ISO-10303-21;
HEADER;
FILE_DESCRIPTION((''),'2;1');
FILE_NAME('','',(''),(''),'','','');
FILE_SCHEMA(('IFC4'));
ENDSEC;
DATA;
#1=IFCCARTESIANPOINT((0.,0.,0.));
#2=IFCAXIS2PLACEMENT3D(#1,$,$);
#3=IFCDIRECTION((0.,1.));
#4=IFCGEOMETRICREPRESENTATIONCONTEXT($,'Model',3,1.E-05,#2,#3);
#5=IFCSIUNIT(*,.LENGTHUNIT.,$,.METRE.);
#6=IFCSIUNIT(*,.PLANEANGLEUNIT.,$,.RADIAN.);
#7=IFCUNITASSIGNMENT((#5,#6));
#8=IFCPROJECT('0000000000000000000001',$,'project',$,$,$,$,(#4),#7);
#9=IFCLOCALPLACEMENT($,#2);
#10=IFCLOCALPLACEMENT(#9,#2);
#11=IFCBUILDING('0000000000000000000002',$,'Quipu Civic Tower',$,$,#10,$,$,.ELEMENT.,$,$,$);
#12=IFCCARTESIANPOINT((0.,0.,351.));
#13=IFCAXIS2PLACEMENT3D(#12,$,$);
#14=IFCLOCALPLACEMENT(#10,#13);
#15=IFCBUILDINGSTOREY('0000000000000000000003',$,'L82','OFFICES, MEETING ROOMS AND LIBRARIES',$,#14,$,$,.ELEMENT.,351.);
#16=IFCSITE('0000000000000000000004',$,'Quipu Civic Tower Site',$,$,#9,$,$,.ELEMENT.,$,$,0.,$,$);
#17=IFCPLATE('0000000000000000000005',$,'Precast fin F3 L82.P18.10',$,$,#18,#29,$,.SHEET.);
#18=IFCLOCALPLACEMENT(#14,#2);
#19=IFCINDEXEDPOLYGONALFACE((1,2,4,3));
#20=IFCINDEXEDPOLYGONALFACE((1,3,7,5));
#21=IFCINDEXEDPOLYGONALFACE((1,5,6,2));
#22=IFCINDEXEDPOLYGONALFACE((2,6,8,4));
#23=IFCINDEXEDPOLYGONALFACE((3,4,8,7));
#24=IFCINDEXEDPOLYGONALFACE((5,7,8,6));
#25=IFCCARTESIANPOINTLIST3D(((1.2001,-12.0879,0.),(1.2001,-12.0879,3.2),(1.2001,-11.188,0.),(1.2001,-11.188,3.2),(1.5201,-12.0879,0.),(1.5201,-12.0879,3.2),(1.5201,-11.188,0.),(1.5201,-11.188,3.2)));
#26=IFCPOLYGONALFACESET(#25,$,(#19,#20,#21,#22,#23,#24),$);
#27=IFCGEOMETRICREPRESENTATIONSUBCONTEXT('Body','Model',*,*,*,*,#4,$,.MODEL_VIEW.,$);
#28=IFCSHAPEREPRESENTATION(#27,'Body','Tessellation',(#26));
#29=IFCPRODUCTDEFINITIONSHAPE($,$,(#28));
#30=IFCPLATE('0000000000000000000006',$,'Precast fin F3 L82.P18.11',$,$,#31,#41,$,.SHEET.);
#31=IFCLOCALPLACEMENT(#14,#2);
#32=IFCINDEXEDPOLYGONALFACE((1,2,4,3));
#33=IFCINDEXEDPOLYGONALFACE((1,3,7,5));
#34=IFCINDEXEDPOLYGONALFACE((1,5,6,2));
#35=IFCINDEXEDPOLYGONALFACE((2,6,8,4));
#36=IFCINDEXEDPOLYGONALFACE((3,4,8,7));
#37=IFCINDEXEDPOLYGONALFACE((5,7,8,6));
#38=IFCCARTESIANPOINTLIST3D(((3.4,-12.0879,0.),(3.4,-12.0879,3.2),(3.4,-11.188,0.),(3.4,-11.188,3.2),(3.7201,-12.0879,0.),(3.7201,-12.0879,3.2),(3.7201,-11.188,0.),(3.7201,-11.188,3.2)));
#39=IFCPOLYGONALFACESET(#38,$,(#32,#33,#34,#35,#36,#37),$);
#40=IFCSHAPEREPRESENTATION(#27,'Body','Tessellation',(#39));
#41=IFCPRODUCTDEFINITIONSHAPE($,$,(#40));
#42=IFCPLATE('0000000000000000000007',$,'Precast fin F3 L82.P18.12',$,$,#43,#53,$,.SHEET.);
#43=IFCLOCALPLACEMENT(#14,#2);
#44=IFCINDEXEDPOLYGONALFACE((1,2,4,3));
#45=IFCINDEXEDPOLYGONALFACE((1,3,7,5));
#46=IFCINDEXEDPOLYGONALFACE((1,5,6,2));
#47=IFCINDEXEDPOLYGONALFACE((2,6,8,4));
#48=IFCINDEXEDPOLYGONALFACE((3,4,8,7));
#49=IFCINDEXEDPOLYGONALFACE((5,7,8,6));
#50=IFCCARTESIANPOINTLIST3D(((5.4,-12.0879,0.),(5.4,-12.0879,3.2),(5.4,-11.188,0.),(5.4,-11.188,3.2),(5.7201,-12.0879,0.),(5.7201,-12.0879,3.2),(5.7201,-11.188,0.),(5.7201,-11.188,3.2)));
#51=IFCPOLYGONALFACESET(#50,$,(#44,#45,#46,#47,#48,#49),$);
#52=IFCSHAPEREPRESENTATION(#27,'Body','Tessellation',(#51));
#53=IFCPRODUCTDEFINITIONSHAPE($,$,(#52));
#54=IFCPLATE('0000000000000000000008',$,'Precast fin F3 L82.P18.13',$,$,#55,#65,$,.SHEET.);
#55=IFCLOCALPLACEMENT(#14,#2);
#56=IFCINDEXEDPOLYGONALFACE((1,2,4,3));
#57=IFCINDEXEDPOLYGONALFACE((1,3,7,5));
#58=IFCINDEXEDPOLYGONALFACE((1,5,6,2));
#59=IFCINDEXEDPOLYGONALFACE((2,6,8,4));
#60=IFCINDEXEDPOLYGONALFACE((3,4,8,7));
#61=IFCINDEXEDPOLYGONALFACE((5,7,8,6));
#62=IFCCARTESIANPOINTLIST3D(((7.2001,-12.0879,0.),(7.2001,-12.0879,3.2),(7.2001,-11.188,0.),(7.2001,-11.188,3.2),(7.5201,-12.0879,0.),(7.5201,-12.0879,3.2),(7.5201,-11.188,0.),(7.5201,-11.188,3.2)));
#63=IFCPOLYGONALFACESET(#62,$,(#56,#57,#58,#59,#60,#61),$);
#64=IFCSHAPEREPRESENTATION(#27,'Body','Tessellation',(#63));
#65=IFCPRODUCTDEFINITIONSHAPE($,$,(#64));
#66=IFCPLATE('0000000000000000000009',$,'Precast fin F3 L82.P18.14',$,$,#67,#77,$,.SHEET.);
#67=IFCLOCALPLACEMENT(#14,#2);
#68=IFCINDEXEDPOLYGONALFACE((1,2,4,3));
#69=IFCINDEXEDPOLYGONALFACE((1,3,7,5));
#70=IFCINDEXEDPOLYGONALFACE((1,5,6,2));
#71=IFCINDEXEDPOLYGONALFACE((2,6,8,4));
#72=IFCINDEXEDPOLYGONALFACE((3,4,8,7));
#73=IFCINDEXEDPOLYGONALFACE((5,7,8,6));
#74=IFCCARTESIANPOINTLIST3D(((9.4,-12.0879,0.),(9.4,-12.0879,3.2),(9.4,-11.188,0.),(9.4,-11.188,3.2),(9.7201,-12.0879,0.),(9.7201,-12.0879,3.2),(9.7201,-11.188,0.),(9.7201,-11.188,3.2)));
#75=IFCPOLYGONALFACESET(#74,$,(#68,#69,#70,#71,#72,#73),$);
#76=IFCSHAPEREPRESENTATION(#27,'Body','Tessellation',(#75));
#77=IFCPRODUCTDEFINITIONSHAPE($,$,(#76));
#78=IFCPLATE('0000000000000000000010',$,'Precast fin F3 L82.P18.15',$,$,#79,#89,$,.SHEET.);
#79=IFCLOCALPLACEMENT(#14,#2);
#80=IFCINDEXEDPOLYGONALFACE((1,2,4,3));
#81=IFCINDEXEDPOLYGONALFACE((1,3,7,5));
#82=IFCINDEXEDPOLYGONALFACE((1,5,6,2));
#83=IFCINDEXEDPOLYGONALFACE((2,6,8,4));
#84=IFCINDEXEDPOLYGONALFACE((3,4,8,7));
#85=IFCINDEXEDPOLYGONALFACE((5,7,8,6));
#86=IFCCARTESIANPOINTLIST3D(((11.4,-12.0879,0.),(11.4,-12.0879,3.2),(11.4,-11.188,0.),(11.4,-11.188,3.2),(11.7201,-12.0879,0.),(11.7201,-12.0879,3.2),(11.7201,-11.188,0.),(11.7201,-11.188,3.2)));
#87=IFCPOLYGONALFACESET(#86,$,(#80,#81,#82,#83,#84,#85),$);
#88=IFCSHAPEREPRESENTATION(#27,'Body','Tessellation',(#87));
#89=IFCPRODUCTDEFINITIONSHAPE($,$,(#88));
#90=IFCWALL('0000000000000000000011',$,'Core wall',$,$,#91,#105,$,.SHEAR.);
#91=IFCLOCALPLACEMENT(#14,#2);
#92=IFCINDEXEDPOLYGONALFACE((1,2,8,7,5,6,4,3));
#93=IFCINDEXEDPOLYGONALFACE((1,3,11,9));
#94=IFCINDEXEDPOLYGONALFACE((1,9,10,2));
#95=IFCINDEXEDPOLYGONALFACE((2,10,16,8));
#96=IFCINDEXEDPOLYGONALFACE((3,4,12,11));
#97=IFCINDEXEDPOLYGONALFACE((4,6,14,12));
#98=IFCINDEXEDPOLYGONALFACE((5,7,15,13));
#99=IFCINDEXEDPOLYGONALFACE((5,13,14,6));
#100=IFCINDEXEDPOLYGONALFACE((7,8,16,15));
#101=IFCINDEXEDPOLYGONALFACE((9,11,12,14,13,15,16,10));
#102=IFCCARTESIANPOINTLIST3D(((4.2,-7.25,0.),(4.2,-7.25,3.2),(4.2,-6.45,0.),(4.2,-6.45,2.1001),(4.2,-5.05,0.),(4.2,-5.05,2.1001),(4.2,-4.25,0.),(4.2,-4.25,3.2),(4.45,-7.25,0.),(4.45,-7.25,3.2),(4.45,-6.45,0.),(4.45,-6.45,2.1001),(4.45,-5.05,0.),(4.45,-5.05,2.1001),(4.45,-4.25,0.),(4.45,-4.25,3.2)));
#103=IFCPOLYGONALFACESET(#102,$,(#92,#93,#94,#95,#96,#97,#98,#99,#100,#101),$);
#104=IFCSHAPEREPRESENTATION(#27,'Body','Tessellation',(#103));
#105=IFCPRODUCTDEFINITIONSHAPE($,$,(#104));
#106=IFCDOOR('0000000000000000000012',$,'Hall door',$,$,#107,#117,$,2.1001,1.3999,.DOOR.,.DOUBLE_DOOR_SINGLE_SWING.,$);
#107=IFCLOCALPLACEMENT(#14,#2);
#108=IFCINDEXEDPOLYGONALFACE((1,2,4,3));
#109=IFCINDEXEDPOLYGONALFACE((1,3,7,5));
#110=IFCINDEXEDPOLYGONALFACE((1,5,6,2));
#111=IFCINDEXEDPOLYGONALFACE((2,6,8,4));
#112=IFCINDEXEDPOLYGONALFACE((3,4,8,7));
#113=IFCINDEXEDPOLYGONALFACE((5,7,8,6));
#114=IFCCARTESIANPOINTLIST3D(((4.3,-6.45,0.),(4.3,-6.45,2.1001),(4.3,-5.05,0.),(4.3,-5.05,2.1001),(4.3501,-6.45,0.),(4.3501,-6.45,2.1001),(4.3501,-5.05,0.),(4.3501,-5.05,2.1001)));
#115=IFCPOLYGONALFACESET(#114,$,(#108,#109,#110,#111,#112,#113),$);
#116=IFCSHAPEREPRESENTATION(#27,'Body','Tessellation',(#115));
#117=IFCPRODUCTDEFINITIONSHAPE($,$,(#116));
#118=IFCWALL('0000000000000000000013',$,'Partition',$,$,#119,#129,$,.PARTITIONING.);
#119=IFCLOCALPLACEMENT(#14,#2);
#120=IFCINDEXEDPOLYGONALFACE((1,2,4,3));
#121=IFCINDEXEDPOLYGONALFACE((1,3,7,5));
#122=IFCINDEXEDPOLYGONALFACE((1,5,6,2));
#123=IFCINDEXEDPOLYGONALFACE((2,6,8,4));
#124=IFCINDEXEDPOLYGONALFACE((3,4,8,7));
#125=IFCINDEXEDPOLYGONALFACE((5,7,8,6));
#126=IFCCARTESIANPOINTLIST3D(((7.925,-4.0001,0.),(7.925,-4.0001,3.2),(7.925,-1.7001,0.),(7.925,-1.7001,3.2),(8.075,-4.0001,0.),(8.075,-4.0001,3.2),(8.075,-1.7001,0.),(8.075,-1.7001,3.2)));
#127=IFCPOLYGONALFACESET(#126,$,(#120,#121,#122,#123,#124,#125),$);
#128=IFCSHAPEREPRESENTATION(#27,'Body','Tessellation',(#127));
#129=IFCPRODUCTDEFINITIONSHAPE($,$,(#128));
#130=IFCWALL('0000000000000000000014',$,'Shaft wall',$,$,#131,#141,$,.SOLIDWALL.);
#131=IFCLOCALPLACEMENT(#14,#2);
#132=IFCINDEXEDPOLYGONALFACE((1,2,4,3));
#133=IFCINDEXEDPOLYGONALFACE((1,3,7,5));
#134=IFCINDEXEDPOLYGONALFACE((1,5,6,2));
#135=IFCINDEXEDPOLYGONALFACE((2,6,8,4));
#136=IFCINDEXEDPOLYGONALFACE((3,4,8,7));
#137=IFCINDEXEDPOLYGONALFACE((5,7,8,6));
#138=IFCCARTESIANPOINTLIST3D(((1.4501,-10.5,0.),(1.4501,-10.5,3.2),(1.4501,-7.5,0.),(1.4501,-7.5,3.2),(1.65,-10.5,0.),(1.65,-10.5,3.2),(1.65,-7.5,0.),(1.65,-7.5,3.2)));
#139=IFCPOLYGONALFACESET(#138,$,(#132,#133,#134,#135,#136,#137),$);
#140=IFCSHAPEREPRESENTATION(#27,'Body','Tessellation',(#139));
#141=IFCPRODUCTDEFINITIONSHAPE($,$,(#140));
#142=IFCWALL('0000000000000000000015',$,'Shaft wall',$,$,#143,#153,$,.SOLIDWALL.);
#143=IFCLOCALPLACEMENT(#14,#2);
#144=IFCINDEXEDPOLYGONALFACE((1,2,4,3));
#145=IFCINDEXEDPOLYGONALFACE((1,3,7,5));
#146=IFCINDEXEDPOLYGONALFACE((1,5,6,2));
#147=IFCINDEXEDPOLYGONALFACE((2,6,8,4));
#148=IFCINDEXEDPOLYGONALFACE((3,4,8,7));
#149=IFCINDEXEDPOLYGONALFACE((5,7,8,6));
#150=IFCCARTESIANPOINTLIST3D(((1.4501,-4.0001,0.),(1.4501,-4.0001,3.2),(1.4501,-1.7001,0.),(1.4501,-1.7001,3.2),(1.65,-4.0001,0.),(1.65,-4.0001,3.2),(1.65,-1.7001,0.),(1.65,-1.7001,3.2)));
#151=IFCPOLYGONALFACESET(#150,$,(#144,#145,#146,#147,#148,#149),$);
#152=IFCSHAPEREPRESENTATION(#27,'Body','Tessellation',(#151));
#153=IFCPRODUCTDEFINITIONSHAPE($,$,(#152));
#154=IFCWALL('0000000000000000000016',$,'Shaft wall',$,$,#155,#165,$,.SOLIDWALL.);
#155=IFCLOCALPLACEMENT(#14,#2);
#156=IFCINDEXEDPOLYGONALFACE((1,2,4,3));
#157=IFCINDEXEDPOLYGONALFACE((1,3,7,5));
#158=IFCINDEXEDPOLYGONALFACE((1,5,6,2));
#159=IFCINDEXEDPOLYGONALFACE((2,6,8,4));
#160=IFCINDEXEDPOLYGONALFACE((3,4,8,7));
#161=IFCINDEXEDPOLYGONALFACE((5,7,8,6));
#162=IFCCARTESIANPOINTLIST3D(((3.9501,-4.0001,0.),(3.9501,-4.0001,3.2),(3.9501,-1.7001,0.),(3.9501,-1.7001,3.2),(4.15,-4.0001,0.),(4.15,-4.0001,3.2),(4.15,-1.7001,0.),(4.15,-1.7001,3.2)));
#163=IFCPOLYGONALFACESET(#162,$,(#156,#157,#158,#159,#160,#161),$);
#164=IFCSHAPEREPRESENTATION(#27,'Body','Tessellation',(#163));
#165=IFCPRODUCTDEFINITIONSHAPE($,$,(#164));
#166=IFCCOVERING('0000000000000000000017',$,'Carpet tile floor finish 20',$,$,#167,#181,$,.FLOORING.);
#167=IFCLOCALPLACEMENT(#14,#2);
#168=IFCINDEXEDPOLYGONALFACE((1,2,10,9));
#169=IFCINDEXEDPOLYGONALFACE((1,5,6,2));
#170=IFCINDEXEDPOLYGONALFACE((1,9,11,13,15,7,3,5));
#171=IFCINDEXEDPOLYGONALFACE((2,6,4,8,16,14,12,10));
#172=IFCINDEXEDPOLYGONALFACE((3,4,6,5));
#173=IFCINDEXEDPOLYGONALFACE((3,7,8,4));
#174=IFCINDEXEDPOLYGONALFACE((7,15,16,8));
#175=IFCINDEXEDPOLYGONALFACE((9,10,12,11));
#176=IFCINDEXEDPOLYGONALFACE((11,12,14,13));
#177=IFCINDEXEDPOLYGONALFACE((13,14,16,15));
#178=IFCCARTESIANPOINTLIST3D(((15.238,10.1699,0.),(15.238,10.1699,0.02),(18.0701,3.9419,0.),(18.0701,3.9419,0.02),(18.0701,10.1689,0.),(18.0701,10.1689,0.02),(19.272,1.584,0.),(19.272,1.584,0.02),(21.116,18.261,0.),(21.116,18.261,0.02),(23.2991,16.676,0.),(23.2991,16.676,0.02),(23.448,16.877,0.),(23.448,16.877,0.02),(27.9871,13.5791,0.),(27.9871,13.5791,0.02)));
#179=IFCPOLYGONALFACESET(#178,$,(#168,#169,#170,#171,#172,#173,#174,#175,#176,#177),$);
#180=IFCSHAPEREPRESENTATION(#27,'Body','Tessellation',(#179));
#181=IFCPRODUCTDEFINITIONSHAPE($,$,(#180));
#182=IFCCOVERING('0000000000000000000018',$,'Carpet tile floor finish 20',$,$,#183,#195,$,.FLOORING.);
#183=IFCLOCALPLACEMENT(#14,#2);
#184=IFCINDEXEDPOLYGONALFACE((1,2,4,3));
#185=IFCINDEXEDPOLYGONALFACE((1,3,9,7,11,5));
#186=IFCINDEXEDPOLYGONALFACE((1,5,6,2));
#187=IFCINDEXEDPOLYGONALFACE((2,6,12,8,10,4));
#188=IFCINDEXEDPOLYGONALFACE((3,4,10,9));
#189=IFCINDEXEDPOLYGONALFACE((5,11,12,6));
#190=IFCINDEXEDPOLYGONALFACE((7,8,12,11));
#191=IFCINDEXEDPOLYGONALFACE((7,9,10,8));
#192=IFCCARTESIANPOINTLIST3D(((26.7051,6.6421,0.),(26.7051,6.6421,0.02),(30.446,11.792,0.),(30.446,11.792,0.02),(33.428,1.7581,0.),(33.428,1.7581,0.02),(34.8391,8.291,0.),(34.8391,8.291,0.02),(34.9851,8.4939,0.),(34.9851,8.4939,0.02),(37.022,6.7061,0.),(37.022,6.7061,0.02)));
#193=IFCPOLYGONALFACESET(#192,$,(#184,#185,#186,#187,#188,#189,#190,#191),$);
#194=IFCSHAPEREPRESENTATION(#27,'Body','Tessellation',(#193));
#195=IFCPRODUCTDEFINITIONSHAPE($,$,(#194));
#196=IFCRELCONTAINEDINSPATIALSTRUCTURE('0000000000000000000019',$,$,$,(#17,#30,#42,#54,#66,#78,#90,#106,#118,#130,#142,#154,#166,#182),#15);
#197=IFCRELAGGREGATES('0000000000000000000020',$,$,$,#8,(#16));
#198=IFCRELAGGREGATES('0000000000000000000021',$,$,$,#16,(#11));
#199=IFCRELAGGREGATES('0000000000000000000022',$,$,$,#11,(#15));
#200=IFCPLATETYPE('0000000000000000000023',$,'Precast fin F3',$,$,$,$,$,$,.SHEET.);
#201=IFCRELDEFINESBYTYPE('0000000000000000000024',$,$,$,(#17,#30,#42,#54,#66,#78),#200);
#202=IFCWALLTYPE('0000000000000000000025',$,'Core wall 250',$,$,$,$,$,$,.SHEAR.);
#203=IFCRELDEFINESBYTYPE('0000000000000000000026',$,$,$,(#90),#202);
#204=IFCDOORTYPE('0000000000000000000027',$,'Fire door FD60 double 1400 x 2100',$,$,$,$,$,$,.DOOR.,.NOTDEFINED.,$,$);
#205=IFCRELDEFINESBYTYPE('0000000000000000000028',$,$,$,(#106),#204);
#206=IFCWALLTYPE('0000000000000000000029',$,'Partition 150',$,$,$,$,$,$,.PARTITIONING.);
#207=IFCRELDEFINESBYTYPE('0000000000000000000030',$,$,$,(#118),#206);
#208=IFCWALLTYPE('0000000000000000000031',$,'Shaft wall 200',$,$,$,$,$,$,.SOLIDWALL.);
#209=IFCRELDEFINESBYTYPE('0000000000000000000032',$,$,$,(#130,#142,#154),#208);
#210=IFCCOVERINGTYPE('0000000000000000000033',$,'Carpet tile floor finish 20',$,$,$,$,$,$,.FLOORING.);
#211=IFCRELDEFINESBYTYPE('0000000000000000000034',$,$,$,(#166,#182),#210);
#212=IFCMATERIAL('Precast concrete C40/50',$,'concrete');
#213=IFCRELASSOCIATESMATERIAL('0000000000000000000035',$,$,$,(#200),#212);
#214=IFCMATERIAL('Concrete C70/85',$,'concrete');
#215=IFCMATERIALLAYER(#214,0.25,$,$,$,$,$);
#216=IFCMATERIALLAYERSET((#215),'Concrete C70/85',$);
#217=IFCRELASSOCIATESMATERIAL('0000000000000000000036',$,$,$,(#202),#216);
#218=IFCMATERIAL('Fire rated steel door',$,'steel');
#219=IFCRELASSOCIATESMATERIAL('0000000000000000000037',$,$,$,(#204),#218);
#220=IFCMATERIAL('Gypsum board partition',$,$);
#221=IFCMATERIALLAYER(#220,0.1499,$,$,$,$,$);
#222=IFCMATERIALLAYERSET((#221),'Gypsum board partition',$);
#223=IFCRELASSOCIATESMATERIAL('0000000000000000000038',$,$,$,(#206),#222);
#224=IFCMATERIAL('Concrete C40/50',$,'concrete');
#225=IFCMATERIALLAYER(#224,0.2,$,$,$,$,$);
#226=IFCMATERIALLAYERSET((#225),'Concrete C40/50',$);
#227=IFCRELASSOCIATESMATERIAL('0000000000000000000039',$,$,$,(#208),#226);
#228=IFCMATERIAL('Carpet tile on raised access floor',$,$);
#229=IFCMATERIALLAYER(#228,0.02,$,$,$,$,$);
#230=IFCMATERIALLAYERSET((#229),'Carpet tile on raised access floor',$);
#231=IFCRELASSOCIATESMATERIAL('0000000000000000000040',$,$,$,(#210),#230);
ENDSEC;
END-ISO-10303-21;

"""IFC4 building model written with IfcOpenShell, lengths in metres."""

from ifc_helpers import new_model, si_unit, direction, frame, frame_2d, origin, origin_2d, place, context, subcontext, project, spatial, polyline, rectangle, outline, extrude, material, layer, layer_set, type_object, element, fill, save


model = new_model("IFC4")

# Units and contexts
model_context = context("Model", 3, precision=1e-05, world=origin(), true_north=direction((0.0, 1.0)))
body_context = subcontext(model_context, "Body", "Model", "MODEL_VIEW")
ifc_project = project(units=[si_unit("LENGTHUNIT", "METRE"), si_unit("PLANEANGLEUNIT", "RADIAN")], contexts=[model_context])

# Site, building, storey
site_placement = place(None, origin())
site = spatial("IfcSite", under=ifc_project, at=site_placement, Name="Quipu Civic Tower Site", CompositionType="ELEMENT", RefElevation=0.0)
building_placement = place(site_placement, origin())
building = spatial("IfcBuilding", under=site, at=building_placement, Name="Quipu Civic Tower", CompositionType="ELEMENT")
storey_placement = place(building_placement, frame((0.0, 0.0, 351.0)))
storey = spatial("IfcBuildingStorey", under=building, at=storey_placement, Name="L82", Description="OFFICES, MEETING ROOMS AND LIBRARIES", CompositionType="ELEMENT", Elevation=351.0)

# Plates
ifc_material_1 = material(Name="Precast concrete C40/50", Category="concrete")
plate_type = type_object("IfcPlateType", Name="Precast fin F3", PredefinedType="SHEET", material=ifc_material_1)
for number, where, z_axis, x_axis, name in (
    (1, (1.3601, -11.6379, 0.0), (0.0, 0.0, 1.0), (1.0, 0.0, 0.0), "Precast fin F3 L82.P18.10"),
    (2, (3.5601, -11.6379, 0.0), (0.0, 0.0, 1.0), (1.0, 0.0, 0.0), "Precast fin F3 L82.P18.11"),
    (3, (5.5601, -11.6379, 0.0), (0.0, 0.0, 1.0), (1.0, 0.0, 0.0), "Precast fin F3 L82.P18.12"),
    (4, (7.3601, -11.6379, 0.0), (0.0, 0.0, 1.0), (1.0, 0.0, 0.0), "Precast fin F3 L82.P18.13"),
    (5, (9.5601, -11.6379, 0.0), (0.0, 0.0, 1.0), (1.0, 0.0, 0.0), "Precast fin F3 L82.P18.14"),
    (6, (11.5601, -11.6379, 0.0), (0.0, 0.0, 1.0), (1.0, 0.0, 0.0), "Precast fin F3 L82.P18.15"),
):
    element("IfcPlate", number, at=place(storey_placement, frame(where, z_axis=z_axis, x_axis=x_axis)), inside=storey, type_object=plate_type, Name=name, PredefinedType="SHEET", context=body_context, shape_type="SweptSolid", body=[
        extrude(rectangle(XDim=0.3201, YDim=0.8999, at=origin_2d()), origin(), (0.0, 0.0, 1.0), 3.2),
    ])

# Wall, opening, door
ifc_material_2 = material(Name="Concrete C70/85", Category="concrete")
ifc_layer_1 = layer(ifc_material_2, 0.25)
ifc_layer_set_1 = layer_set([ifc_layer_1], Name="Concrete C70/85")
wall_type_1 = type_object("IfcWallType", Name="Core wall 250", PredefinedType="SHEAR", material=ifc_layer_set_1)
wall_1_placement = place(storey_placement, frame((4.325, -7.25, 0.0), z_axis=(0.0, 0.0, 1.0), x_axis=(0.0, 1.0, 0.0)))
wall_1 = element("IfcWall", 7, at=wall_1_placement, inside=storey, type_object=wall_type_1, Name="Core wall", PredefinedType="SHEAR", context=body_context, shape_type="SweptSolid", body=[
    extrude(rectangle(XDim=3.0, YDim=0.25, at=frame_2d((1.5, 0.0))), origin(), (0.0, 0.0, 1.0), 3.2),
])
opening_placement = place(wall_1_placement, frame((0.8, 0.0, 0.0)))
opening = element("IfcOpeningElement", 8, at=opening_placement, cuts=wall_1, PredefinedType="OPENING", context=body_context, shape_type="SweptSolid", body=[
    extrude(rectangle(XDim=1.3999, YDim=2.1001, at=frame_2d((0.7, 1.05))), frame((0.0, 0.135, 0.0), z_axis=(0.0, -1.0, 0.0), x_axis=(1.0, 0.0, 0.0)), (0.0, 0.0, 1.0), 0.27),
])
ifc_material_3 = material(Name="Fire rated steel door", Category="steel")
door_type = type_object("IfcDoorType", Name="Fire door FD60 double 1400 x 2100", OperationType="NOTDEFINED", PredefinedType="DOOR", material=ifc_material_3)
door_placement = place(opening_placement, origin())
door = element("IfcDoor", 9, at=door_placement, inside=storey, type_object=door_type, Name="Hall door", OperationType="DOUBLE_DOOR_SINGLE_SWING", OverallHeight=2.1001, OverallWidth=1.3999, PredefinedType="DOOR", context=body_context, shape_type="SweptSolid", body=[
    extrude(rectangle(XDim=1.3999, YDim=2.1001, at=frame_2d((0.7, 1.05))), frame((0.0, 0.0249, 0.0), z_axis=(0.0, -1.0, 0.0), x_axis=(1.0, 0.0, 0.0)), (0.0, 0.0, 1.0), 0.05),
])
fill(opening, door)

# Walls
ifc_material_4 = material(Name="Gypsum board partition")
ifc_layer_2 = layer(ifc_material_4, 0.1499)
ifc_layer_set_2 = layer_set([ifc_layer_2], Name="Gypsum board partition")
wall_type_2 = type_object("IfcWallType", Name="Partition 150", PredefinedType="PARTITIONING", material=ifc_layer_set_2)
wall_2_placement = place(storey_placement, frame((8.0, -4.0, 0.0), z_axis=(0.0, 0.0, 1.0), x_axis=(0.0, 1.0, 0.0)))
element("IfcWall", 10, at=wall_2_placement, inside=storey, type_object=wall_type_2, Name="Partition", PredefinedType="PARTITIONING", context=body_context, shape_type="SweptSolid", body=[
    extrude(rectangle(XDim=2.3, YDim=0.1499, at=frame_2d((1.1499, 0.0))), origin(), (0.0, 0.0, 1.0), 3.2),
])
ifc_material_5 = material(Name="Concrete C40/50", Category="concrete")
ifc_layer_3 = layer(ifc_material_5, 0.2)
ifc_layer_set_3 = layer_set([ifc_layer_3], Name="Concrete C40/50")
wall_type_3 = type_object("IfcWallType", Name="Shaft wall 200", PredefinedType="SOLIDWALL", material=ifc_layer_set_3)
wall_3_placement = place(storey_placement, frame((1.55, -10.5, 0.0), z_axis=(0.0, 0.0, 1.0), x_axis=(0.0, 1.0, 0.0)))
element("IfcWall", 11, at=wall_3_placement, inside=storey, type_object=wall_type_3, Name="Shaft wall", PredefinedType="SOLIDWALL", context=body_context, shape_type="SweptSolid", body=[
    extrude(rectangle(XDim=3.0, YDim=0.2, at=frame_2d((1.5, 0.0))), origin(), (0.0, 0.0, 1.0), 3.2),
])
for number, where, z_axis, x_axis, name in (
    (12, (1.55, -4.0, 0.0), (0.0, 0.0, 1.0), (0.0, 1.0, 0.0), "Shaft wall"),
    (13, (4.05, -4.0, 0.0), (0.0, 0.0, 1.0), (0.0, 1.0, 0.0), "Shaft wall"),
):
    element("IfcWall", number, at=place(storey_placement, frame(where, z_axis=z_axis, x_axis=x_axis)), inside=storey, type_object=wall_type_3, Name=name, PredefinedType="SOLIDWALL", context=body_context, shape_type="SweptSolid", body=[
        extrude(rectangle(XDim=2.3, YDim=0.2, at=frame_2d((1.1499, 0.0))), origin(), (0.0, 0.0, 1.0), 3.2),
    ])

# Coverings
ifc_material_6 = material(Name="Carpet tile on raised access floor")
ifc_layer_4 = layer(ifc_material_6, 0.02)
ifc_layer_set_4 = layer_set([ifc_layer_4], Name="Carpet tile on raised access floor")
covering_type = type_object("IfcCoveringType", Name="Carpet tile floor finish 20", PredefinedType="FLOORING", material=ifc_layer_set_4)
covering_1_placement = place(storey_placement, origin())
element("IfcCovering", 14, at=covering_1_placement, inside=storey, type_object=covering_type, Name="Carpet tile floor finish 20", PredefinedType="FLOORING", context=body_context, shape_type="SweptSolid", body=[
    extrude(outline(polyline([(15.238, 10.1699), (21.116, 18.261), (23.2991, 16.676), (23.448, 16.877), (27.9871, 13.5791), (19.272, 1.584), (18.0701, 3.9419), (18.0701, 10.1689), (15.238, 10.1699)])), origin(), (0.0, 0.0, 1.0), 0.02),
])
covering_2_placement = place(storey_placement, origin())
element("IfcCovering", 15, at=covering_2_placement, inside=storey, type_object=covering_type, Name="Carpet tile floor finish 20", PredefinedType="FLOORING", context=body_context, shape_type="SweptSolid", body=[
    extrude(outline(polyline([(26.7051, 6.6421), (30.446, 11.792), (34.9851, 8.4939), (34.8391, 8.291), (37.022, 6.7061), (33.428, 1.7581), (26.7051, 6.6421)])), origin(), (0.0, 0.0, 1.0), 0.02),
])

save(model, "model.ifc")
